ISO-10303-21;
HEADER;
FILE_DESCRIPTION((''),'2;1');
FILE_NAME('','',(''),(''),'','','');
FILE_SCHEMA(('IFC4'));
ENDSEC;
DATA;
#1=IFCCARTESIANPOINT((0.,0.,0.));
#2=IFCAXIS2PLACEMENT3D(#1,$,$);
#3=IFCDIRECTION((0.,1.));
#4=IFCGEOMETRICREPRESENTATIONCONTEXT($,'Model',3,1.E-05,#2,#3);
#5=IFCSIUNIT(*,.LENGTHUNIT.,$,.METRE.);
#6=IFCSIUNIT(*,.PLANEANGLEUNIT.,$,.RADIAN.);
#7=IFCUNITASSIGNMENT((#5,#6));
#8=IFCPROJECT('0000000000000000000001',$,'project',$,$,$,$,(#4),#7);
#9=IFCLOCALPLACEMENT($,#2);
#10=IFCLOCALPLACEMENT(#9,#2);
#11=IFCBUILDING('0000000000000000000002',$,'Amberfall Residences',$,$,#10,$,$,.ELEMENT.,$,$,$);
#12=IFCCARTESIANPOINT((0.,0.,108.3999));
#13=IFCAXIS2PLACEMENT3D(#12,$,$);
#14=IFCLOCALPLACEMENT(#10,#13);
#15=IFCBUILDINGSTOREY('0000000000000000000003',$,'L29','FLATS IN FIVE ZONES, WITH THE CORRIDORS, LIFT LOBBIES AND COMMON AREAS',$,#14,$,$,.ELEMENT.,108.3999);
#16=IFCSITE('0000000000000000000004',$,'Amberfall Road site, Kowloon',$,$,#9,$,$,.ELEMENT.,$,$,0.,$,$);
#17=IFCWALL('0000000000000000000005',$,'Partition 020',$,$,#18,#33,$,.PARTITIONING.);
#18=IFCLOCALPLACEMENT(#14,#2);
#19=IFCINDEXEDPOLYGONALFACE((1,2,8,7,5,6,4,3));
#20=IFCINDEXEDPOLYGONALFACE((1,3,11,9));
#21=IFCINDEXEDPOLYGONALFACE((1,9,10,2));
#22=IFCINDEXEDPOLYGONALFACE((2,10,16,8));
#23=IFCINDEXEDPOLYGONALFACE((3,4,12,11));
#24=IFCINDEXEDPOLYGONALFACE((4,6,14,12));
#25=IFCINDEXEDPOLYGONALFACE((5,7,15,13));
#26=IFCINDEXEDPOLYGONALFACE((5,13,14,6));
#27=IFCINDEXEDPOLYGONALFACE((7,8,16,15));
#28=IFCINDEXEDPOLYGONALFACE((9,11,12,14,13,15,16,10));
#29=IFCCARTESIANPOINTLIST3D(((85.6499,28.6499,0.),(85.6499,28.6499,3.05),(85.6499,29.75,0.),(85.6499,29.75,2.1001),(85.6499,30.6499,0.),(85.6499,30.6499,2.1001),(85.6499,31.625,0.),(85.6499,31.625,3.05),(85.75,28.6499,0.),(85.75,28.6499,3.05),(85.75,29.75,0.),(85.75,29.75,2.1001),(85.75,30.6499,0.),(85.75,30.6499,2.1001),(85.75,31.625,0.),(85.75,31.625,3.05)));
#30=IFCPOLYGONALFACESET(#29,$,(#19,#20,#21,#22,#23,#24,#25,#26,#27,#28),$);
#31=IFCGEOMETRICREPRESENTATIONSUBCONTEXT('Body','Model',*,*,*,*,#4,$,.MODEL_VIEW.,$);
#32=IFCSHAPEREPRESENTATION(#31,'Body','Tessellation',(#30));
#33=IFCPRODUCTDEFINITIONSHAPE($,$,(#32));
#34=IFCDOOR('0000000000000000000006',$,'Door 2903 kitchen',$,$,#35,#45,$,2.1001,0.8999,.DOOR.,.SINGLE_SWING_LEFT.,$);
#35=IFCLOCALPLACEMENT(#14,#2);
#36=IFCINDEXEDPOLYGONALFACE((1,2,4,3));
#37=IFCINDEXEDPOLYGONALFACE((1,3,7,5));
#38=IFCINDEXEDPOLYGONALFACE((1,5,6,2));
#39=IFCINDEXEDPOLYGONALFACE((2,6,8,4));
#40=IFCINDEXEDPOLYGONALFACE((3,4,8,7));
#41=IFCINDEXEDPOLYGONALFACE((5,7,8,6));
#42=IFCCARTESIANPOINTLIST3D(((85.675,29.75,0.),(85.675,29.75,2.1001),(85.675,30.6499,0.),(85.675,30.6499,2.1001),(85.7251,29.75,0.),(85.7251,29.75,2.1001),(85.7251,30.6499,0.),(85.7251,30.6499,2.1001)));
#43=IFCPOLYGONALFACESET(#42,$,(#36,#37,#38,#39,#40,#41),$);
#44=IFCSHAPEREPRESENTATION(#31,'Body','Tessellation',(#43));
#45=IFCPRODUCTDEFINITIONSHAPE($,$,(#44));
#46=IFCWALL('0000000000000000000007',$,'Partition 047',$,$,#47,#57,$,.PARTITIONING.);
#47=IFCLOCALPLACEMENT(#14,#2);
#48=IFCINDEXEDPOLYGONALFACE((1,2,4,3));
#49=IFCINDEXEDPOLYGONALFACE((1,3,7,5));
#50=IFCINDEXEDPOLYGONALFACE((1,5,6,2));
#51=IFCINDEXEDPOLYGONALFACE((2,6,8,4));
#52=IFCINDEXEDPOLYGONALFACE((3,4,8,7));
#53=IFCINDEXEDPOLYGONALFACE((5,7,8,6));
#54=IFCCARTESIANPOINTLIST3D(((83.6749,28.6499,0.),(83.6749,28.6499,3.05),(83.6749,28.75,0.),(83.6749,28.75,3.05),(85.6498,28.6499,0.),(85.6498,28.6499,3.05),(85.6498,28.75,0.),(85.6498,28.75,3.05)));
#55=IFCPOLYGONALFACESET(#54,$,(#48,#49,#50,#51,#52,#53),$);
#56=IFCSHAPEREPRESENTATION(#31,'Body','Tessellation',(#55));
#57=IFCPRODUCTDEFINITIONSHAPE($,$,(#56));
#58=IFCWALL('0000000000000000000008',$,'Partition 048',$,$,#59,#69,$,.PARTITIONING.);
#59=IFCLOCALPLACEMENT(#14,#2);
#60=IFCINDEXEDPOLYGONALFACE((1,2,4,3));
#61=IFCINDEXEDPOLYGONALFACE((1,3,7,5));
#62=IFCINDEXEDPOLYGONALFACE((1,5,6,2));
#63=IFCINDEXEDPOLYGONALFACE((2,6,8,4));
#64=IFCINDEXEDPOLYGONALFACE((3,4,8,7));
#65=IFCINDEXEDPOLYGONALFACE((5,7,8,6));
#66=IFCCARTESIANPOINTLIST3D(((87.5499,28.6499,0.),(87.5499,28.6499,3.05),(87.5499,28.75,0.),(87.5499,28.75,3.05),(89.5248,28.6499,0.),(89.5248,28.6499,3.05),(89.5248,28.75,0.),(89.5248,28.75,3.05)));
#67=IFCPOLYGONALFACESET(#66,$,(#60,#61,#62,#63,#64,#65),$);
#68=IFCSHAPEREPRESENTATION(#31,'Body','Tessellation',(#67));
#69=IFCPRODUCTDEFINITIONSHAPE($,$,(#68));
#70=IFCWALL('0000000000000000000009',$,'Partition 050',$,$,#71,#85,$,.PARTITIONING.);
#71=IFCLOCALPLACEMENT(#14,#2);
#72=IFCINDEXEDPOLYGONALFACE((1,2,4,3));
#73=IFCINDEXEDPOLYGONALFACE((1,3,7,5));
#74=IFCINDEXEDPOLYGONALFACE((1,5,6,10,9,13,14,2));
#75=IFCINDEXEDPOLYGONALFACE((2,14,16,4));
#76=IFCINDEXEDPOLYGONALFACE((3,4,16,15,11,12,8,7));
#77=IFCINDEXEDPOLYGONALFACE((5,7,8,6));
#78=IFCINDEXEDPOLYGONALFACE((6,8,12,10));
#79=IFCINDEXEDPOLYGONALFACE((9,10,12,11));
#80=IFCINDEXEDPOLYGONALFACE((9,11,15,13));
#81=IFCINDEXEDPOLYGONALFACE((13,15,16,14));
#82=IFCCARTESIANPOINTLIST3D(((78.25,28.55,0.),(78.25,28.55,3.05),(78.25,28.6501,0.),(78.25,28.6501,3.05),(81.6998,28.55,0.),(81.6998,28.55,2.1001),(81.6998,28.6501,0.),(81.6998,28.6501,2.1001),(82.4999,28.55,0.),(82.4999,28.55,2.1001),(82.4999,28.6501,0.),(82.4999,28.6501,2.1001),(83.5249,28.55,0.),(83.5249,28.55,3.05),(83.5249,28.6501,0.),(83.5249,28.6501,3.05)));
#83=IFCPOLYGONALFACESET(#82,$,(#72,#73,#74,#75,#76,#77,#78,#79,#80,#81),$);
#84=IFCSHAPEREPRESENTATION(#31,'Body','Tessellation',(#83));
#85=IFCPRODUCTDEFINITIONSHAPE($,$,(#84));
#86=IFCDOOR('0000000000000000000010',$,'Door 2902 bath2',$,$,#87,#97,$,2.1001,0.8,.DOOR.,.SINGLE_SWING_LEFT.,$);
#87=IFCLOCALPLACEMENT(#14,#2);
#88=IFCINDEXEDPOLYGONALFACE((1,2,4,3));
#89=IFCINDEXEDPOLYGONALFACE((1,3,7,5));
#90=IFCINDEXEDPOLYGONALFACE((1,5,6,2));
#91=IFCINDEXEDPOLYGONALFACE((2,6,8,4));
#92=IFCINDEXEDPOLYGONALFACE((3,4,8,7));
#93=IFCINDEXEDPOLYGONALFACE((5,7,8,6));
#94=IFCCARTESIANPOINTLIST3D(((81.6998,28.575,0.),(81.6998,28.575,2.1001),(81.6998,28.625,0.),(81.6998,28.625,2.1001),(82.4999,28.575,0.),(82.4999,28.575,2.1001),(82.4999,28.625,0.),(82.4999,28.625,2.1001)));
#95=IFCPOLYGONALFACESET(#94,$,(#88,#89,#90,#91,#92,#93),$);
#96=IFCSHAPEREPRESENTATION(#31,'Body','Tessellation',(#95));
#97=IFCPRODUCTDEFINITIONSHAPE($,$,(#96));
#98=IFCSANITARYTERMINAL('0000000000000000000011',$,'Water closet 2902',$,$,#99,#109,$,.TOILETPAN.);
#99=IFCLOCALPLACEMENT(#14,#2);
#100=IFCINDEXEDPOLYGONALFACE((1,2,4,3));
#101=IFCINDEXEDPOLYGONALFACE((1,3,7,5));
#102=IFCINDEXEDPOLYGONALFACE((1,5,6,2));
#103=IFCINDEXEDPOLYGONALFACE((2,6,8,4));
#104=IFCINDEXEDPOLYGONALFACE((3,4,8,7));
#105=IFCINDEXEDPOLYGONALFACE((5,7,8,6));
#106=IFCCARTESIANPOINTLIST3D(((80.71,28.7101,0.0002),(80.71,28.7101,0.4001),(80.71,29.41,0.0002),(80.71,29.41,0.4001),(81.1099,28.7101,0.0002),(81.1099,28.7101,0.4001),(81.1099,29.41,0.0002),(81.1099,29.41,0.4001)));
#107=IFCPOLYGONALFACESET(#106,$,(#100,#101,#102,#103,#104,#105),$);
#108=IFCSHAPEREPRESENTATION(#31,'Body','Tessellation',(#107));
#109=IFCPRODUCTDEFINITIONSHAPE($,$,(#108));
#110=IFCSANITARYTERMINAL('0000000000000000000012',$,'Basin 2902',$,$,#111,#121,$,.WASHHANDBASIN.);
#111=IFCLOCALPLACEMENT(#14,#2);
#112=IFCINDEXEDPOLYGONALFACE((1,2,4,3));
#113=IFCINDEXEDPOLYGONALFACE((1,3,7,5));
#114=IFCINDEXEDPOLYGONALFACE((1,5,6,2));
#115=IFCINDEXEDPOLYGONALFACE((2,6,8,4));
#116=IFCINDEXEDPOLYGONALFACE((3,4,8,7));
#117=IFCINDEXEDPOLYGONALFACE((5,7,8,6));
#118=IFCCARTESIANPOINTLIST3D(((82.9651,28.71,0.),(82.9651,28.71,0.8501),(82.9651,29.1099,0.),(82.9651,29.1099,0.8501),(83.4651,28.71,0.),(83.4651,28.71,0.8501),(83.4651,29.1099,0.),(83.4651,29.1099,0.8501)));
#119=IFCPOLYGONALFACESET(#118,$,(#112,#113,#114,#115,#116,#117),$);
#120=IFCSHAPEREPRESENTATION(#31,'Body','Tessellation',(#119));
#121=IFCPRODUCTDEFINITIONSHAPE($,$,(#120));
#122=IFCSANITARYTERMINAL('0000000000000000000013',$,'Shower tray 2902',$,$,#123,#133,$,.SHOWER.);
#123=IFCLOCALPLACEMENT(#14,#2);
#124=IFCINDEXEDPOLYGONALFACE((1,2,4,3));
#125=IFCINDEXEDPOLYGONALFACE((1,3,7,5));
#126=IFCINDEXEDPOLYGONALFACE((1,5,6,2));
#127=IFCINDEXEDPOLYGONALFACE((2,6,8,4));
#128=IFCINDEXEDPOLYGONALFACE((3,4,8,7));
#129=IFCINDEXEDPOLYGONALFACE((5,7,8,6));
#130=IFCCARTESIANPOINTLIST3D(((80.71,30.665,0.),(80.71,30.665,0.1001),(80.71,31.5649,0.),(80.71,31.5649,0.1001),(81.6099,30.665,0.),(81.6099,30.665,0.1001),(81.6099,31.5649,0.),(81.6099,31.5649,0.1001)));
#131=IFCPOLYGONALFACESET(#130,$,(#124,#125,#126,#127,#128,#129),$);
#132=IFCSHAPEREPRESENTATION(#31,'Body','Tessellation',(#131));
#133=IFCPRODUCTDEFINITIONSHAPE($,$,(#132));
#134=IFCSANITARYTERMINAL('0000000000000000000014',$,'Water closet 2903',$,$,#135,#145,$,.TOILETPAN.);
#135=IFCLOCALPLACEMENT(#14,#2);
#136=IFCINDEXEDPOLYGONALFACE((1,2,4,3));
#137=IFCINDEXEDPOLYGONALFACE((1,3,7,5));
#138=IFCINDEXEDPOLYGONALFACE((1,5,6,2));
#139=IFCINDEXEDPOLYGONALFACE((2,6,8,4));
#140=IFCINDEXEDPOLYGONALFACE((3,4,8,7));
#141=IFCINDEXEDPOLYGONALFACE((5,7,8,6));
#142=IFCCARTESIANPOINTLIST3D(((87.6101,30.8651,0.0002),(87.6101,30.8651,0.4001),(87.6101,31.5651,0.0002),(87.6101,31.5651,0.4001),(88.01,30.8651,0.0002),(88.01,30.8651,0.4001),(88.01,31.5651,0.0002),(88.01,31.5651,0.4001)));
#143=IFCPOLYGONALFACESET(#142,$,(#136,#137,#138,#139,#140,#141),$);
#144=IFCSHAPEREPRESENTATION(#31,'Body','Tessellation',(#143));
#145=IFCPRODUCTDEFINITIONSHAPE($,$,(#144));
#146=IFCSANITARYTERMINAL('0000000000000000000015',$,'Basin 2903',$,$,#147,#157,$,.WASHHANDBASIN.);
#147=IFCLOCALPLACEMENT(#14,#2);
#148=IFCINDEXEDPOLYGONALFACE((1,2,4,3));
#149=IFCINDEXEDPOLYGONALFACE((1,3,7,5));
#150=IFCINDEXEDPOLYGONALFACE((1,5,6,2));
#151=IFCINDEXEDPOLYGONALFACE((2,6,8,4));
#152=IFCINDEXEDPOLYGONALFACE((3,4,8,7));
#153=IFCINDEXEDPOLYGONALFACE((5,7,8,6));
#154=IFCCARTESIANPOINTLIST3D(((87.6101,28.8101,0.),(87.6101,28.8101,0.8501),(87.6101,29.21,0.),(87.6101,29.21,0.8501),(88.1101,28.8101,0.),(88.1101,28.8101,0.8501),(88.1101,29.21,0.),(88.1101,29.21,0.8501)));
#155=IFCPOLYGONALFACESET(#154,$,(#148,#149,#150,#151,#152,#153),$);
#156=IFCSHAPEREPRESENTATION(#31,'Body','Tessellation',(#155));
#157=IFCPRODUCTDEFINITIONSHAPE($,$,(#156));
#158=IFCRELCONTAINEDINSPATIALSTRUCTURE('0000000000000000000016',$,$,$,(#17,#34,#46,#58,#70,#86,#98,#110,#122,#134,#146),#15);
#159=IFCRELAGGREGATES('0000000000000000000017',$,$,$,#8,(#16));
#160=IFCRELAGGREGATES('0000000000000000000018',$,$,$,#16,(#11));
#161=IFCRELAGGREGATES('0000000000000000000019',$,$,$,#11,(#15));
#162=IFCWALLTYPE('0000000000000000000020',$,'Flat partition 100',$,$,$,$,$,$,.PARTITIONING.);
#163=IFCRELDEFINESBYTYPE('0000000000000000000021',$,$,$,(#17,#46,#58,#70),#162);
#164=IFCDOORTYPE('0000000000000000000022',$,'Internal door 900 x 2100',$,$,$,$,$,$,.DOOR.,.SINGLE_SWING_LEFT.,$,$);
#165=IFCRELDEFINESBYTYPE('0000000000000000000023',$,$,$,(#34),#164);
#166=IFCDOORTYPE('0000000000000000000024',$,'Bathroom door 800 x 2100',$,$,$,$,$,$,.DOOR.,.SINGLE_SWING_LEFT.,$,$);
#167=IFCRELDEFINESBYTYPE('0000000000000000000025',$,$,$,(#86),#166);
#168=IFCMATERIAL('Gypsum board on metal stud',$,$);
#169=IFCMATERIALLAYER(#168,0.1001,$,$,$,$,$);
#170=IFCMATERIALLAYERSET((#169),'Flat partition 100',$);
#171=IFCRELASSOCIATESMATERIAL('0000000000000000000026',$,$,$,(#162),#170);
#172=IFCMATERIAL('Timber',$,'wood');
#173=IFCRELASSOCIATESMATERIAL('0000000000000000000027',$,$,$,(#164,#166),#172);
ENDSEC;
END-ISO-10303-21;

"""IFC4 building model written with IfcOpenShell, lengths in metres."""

from ifc_helpers import new_model, si_unit, direction, frame, frame_2d, origin, origin_2d, place, context, subcontext, project, spatial, rectangle, extrude, material, layer, layer_set, type_object, element, fill, save


model = new_model("IFC4")

# Units and contexts
model_context = context("Model", 3, precision=1e-05, world=origin(), true_north=direction((0.0, 1.0)))
body_context = subcontext(model_context, "Body", "Model", "MODEL_VIEW")
ifc_project = project(units=[si_unit("LENGTHUNIT", "METRE"), si_unit("PLANEANGLEUNIT", "RADIAN")], contexts=[model_context])

# Site, building, storey
site_placement = place(None, origin())
site = spatial("IfcSite", under=ifc_project, at=site_placement, Name="Amberfall Road site, Kowloon", CompositionType="ELEMENT", RefElevation=0.0)
building_placement = place(site_placement, origin())
building = spatial("IfcBuilding", under=site, at=building_placement, Name="Amberfall Residences", CompositionType="ELEMENT")
storey_placement = place(building_placement, frame((0.0, 0.0, 108.3999)))
storey = spatial("IfcBuildingStorey", under=building, at=storey_placement, Name="L29", Description="FLATS IN FIVE ZONES, WITH THE CORRIDORS, LIFT LOBBIES AND COMMON AREAS", CompositionType="ELEMENT", Elevation=108.3999)

# Wall, opening, door
ifc_material_1 = material(Name="Gypsum board on metal stud")
ifc_layer_1 = layer(ifc_material_1, 0.1001)
ifc_layer_set_1 = layer_set([ifc_layer_1], Name="Flat partition 100")
wall_type_1 = type_object("IfcWallType", Name="Flat partition 100", PredefinedType="PARTITIONING", material=ifc_layer_set_1)
ifc_material_2 = material(Name="Timber", Category="wood")
door_type_1 = type_object("IfcDoorType", Name="Internal door 900 x 2100", OperationType="SINGLE_SWING_LEFT", PredefinedType="DOOR", material=ifc_material_2)
wall_1_placement = place(storey_placement, frame((85.7, 28.6499, 0.0), z_axis=(0.0, 0.0, 1.0), x_axis=(0.0, 1.0, 0.0)))
wall_1 = element("IfcWall", 1, at=wall_1_placement, inside=storey, type_object=wall_type_1, Name="Partition 020", PredefinedType="PARTITIONING", context=body_context, shape_type="SweptSolid", body=[
    extrude(rectangle(XDim=2.9751, YDim=0.1001, at=frame_2d((1.4875, 0.0))), origin(), (0.0, 0.0, 1.0), 3.05),
])
opening_1_placement = place(wall_1_placement, frame((1.1001, 0.0, 0.0)))
opening_1 = element("IfcOpeningElement", 2, at=opening_1_placement, cuts=wall_1, PredefinedType="OPENING", context=body_context, shape_type="SweptSolid", body=[
    extrude(rectangle(XDim=0.8999, YDim=2.1001, at=frame_2d((0.45, 1.05))), frame((0.0, 0.0601, 0.0), z_axis=(0.0, -1.0, 0.0), x_axis=(1.0, 0.0, 0.0)), (0.0, 0.0, 1.0), 0.1201),
])
door_1_placement = place(opening_1_placement, origin())
door_1 = element("IfcDoor", 3, at=door_1_placement, inside=storey, type_object=door_type_1, Name="Door 2903 kitchen", OperationType="SINGLE_SWING_LEFT", OverallHeight=2.1001, OverallWidth=0.8999, PredefinedType="DOOR", context=body_context, shape_type="SweptSolid", body=[
    extrude(rectangle(XDim=0.8999, YDim=2.1001, at=frame_2d((0.45, 1.05))), frame((0.0, 0.0249, 0.0), z_axis=(0.0, -1.0, 0.0), x_axis=(1.0, 0.0, 0.0)), (0.0, 0.0, 1.0), 0.05),
])
fill(opening_1, door_1)

# Walls
for number, where, z_axis, x_axis, name in (
    (4, (83.675, 28.7, 0.0), (0.0, 0.0, 1.0), (1.0, 0.0, 0.0), "Partition 047"),
    (5, (87.55, 28.7, 0.0), (0.0, 0.0, 1.0), (1.0, 0.0, 0.0), "Partition 048"),
):
    element("IfcWall", number, at=place(storey_placement, frame(where, z_axis=z_axis, x_axis=x_axis)), inside=storey, type_object=wall_type_1, Name=name, PredefinedType="PARTITIONING", context=body_context, shape_type="SweptSolid", body=[
        extrude(rectangle(XDim=1.9749, YDim=0.1001, at=frame_2d((0.9873, 0.0))), origin(), (0.0, 0.0, 1.0), 3.05),
    ])

# Wall, opening, door
wall_2_placement = place(storey_placement, frame((78.25, 28.6001, 0.0), z_axis=(0.0, 0.0, 1.0), x_axis=(1.0, 0.0, 0.0)))
wall_2 = element("IfcWall", 6, at=wall_2_placement, inside=storey, type_object=wall_type_1, Name="Partition 050", PredefinedType="PARTITIONING", context=body_context, shape_type="SweptSolid", body=[
    extrude(rectangle(XDim=5.2749, YDim=0.1001, at=frame_2d((2.6375, 0.0))), origin(), (0.0, 0.0, 1.0), 3.05),
])
opening_2_placement = place(wall_2_placement, frame((3.45, 0.0, 0.0)))
opening_2 = element("IfcOpeningElement", 7, at=opening_2_placement, cuts=wall_2, PredefinedType="OPENING", context=body_context, shape_type="SweptSolid", body=[
    extrude(rectangle(XDim=0.8, YDim=2.1001, at=frame_2d((0.3999, 1.05))), frame((0.0, 0.0601, 0.0), z_axis=(0.0, -1.0, 0.0), x_axis=(1.0, 0.0, 0.0)), (0.0, 0.0, 1.0), 0.1201),
])
door_type_2 = type_object("IfcDoorType", Name="Bathroom door 800 x 2100", OperationType="SINGLE_SWING_LEFT", PredefinedType="DOOR", material=ifc_material_2)
door_2_placement = place(opening_2_placement, origin())
door_2 = element("IfcDoor", 8, at=door_2_placement, inside=storey, type_object=door_type_2, Name="Door 2902 bath2", OperationType="SINGLE_SWING_LEFT", OverallHeight=2.1001, OverallWidth=0.8, PredefinedType="DOOR", context=body_context, shape_type="SweptSolid", body=[
    extrude(rectangle(XDim=0.8, YDim=2.1001, at=frame_2d((0.3999, 1.05))), frame((0.0, 0.0249, 0.0), z_axis=(0.0, -1.0, 0.0), x_axis=(1.0, 0.0, 0.0)), (0.0, 0.0, 1.0), 0.05),
])
fill(opening_2, door_2)

# Sanitary terminals
sanitary_terminal_1_placement = place(storey_placement, frame((80.9099, 29.0601, 0.0002), z_axis=(0.0, 0.0, 1.0), x_axis=(1.0, 0.0, 0.0)))
element("IfcSanitaryTerminal", 9, at=sanitary_terminal_1_placement, inside=storey, Name="Water closet 2902", PredefinedType="TOILETPAN", context=body_context, shape_type="SweptSolid", body=[
    extrude(rectangle(XDim=0.3999, YDim=0.7, at=origin_2d()), origin(), (0.0, 0.0, 1.0), 0.3999),
])
sanitary_terminal_2_placement = place(storey_placement, frame((83.2151, 28.9099, 0.0), z_axis=(0.0, 0.0, 1.0), x_axis=(1.0, 0.0, 0.0)))
element("IfcSanitaryTerminal", 10, at=sanitary_terminal_2_placement, inside=storey, Name="Basin 2902", PredefinedType="WASHHANDBASIN", context=body_context, shape_type="SweptSolid", body=[
    extrude(rectangle(XDim=0.5, YDim=0.3999, at=origin_2d()), origin(), (0.0, 0.0, 1.0), 0.8501),
])
sanitary_terminal_3_placement = place(storey_placement, frame((81.1599, 31.115, 0.0), z_axis=(0.0, 0.0, 1.0), x_axis=(1.0, 0.0, 0.0)))
element("IfcSanitaryTerminal", 11, at=sanitary_terminal_3_placement, inside=storey, Name="Shower tray 2902", PredefinedType="SHOWER", context=body_context, shape_type="SweptSolid", body=[
    extrude(rectangle(XDim=0.8999, YDim=0.8999, at=origin_2d()), origin(), (0.0, 0.0, 1.0), 0.1001),
])
sanitary_terminal_4_placement = place(storey_placement, frame((87.8101, 31.2151, 0.0002), z_axis=(0.0, 0.0, 1.0), x_axis=(1.0, 0.0, 0.0)))
element("IfcSanitaryTerminal", 12, at=sanitary_terminal_4_placement, inside=storey, Name="Water closet 2903", PredefinedType="TOILETPAN", context=body_context, shape_type="SweptSolid", body=[
    extrude(rectangle(XDim=0.3999, YDim=0.7, at=origin_2d()), origin(), (0.0, 0.0, 1.0), 0.3999),
])
sanitary_terminal_5_placement = place(storey_placement, frame((87.8601, 29.01, 0.0), z_axis=(0.0, 0.0, 1.0), x_axis=(1.0, 0.0, 0.0)))
element("IfcSanitaryTerminal", 13, at=sanitary_terminal_5_placement, inside=storey, Name="Basin 2903", PredefinedType="WASHHANDBASIN", context=body_context, shape_type="SweptSolid", body=[
    extrude(rectangle(XDim=0.5, YDim=0.3999, at=origin_2d()), origin(), (0.0, 0.0, 1.0), 0.8501),
])

save(model, "model.ifc")
